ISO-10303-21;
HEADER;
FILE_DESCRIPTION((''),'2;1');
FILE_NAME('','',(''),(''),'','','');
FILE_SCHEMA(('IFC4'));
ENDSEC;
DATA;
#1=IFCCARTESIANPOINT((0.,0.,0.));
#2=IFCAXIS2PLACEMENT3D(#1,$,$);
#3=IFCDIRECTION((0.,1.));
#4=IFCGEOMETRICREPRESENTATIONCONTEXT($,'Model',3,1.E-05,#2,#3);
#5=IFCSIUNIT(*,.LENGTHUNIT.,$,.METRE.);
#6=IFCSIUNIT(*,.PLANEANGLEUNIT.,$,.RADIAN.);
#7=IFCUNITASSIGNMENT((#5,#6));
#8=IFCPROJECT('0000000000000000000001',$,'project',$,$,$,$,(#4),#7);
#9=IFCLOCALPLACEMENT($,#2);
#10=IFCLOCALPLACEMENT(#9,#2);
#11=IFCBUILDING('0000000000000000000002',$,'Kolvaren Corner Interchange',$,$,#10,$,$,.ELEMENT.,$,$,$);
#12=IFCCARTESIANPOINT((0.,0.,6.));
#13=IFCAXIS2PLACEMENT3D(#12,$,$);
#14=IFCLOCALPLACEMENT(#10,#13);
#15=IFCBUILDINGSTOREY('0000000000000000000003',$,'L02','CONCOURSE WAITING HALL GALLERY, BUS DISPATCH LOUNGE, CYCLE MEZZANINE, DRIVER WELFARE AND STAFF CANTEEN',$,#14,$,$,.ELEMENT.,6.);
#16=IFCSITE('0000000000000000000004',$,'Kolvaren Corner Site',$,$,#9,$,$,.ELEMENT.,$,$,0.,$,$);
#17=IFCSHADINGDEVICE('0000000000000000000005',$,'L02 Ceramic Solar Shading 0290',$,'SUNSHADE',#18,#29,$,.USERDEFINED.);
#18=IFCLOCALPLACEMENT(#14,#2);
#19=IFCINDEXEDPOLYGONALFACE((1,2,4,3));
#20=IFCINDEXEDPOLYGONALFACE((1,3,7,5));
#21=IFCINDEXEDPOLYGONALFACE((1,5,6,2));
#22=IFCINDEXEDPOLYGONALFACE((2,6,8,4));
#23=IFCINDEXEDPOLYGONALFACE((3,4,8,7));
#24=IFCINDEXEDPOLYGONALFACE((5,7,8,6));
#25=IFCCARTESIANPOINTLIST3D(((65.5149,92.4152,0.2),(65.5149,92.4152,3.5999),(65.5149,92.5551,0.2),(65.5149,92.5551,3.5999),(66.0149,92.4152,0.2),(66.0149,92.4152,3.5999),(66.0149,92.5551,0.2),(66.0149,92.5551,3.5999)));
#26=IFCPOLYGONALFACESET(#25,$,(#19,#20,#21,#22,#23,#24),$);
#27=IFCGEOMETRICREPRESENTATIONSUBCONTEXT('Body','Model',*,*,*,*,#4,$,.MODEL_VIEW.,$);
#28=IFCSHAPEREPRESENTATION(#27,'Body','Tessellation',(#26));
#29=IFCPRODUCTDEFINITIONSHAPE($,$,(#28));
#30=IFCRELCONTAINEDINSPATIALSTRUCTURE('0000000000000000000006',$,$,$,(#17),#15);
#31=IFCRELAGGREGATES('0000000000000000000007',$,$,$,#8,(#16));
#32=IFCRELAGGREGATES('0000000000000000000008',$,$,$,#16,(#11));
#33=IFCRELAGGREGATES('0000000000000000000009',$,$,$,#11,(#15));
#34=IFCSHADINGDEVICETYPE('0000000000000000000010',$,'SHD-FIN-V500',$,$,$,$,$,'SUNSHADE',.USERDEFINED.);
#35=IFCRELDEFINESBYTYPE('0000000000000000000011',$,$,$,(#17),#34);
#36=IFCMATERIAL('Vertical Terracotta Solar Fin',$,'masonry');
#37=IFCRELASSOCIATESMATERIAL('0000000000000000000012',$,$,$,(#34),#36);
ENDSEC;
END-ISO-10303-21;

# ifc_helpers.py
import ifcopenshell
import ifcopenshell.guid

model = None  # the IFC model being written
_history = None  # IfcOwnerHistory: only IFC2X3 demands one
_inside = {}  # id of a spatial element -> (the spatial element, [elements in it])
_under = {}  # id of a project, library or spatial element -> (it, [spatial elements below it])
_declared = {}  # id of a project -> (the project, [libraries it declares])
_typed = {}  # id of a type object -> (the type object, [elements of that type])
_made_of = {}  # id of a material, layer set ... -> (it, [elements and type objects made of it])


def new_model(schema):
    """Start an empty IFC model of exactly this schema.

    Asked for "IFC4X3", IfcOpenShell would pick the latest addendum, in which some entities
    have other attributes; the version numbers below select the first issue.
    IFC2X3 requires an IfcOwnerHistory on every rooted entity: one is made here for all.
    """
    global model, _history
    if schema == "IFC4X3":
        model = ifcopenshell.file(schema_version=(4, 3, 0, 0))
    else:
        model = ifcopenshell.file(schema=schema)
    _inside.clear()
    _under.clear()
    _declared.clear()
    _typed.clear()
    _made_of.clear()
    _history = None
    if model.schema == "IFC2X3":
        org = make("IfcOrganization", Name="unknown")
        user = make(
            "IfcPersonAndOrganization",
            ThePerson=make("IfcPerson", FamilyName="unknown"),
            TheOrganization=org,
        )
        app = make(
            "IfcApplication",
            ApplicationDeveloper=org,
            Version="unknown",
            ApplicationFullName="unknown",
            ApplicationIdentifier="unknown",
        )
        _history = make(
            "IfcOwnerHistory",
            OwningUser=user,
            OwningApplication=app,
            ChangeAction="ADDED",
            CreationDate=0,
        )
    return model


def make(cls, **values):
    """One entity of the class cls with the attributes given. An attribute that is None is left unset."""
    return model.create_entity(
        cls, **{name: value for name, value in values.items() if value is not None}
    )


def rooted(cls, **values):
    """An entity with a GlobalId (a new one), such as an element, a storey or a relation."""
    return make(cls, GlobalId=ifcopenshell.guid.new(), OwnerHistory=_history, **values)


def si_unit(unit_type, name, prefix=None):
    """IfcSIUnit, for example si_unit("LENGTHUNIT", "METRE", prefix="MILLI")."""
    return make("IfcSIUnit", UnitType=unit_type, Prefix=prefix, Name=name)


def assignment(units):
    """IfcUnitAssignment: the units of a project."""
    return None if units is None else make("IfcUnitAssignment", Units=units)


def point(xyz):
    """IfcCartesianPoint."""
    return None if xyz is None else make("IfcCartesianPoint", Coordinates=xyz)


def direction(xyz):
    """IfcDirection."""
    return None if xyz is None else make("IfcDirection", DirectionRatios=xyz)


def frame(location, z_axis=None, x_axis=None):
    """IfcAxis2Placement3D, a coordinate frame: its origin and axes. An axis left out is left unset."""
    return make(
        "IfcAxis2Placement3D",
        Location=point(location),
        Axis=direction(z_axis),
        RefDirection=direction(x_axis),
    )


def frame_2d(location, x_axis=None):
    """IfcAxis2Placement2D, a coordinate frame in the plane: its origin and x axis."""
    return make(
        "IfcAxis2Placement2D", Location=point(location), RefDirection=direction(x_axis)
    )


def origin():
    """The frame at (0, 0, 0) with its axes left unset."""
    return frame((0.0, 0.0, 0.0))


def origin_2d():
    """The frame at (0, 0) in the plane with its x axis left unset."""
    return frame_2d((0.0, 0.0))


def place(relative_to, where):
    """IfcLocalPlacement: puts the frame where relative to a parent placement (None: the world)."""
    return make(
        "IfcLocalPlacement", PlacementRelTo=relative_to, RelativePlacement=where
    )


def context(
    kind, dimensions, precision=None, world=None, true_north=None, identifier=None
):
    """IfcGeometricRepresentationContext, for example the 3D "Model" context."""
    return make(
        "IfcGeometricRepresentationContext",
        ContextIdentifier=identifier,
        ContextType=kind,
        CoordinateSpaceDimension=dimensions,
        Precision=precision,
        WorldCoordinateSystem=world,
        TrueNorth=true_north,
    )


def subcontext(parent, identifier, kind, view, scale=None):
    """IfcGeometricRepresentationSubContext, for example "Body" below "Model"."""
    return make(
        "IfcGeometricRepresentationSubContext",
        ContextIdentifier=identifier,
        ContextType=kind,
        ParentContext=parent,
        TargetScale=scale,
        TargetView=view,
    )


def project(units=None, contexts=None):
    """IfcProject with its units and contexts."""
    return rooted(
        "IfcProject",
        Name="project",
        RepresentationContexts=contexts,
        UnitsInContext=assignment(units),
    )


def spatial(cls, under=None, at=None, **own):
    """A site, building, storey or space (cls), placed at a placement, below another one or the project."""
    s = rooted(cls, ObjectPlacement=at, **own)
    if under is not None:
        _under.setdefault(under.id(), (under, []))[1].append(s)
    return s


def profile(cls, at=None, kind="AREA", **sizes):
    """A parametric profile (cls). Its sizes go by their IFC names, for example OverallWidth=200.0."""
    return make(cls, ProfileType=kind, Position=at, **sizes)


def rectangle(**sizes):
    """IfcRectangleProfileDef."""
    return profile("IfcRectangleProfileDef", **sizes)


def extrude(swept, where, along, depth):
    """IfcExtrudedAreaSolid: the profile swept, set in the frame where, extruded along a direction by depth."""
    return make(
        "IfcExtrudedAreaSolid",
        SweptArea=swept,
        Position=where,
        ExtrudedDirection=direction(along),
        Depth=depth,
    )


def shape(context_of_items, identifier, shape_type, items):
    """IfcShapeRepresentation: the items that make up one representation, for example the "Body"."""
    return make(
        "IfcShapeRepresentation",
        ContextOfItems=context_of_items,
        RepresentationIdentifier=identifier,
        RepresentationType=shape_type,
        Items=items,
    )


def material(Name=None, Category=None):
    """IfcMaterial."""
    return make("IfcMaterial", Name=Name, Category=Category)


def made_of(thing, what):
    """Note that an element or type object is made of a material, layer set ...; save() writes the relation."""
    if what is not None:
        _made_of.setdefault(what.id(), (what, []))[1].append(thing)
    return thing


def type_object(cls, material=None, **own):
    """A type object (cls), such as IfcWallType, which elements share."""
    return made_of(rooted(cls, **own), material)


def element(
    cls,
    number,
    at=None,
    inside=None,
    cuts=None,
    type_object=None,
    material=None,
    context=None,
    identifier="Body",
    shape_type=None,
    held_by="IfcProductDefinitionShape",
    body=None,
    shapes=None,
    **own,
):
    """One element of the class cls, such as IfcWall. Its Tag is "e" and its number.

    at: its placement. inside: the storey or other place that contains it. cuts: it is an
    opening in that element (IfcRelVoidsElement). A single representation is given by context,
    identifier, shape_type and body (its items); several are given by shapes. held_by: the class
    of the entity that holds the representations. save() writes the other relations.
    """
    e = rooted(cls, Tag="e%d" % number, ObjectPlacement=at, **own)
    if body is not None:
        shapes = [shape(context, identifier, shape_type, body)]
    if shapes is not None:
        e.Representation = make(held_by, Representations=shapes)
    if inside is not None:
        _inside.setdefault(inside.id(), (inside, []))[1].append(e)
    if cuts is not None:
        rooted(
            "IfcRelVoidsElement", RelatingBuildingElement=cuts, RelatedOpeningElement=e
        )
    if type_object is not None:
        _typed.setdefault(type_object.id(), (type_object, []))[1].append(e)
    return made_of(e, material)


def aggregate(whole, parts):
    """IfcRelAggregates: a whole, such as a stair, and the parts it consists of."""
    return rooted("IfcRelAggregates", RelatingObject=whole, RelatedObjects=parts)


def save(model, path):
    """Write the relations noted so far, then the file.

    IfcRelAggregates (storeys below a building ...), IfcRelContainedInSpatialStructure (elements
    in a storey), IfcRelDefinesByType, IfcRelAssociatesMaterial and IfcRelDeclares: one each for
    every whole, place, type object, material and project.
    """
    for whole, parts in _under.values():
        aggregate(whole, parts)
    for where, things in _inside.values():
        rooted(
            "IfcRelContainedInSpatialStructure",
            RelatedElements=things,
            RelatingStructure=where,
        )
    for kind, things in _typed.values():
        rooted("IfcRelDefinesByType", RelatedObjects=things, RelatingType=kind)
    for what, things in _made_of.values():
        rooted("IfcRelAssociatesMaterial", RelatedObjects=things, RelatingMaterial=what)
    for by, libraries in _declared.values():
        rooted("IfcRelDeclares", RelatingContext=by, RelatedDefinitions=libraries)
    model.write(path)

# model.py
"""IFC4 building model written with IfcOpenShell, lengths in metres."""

from ifc_helpers import new_model, si_unit, direction, frame, origin, origin_2d, place, context, subcontext, project, spatial, rectangle, extrude, material, type_object, element, save


model = new_model("IFC4")

# Units and contexts
model_context = context("Model", 3, precision=1e-05, world=origin(), true_north=direction((0.0, 1.0)))
body_context = subcontext(model_context, "Body", "Model", "MODEL_VIEW")
ifc_project = project(units=[si_unit("LENGTHUNIT", "METRE"), si_unit("PLANEANGLEUNIT", "RADIAN")], contexts=[model_context])

# Site, building, storey
site_placement = place(None, origin())
site = spatial("IfcSite", under=ifc_project, at=site_placement, Name="Kolvaren Corner Site", CompositionType="ELEMENT", RefElevation=0.0)
building_placement = place(site_placement, origin())
building = spatial("IfcBuilding", under=site, at=building_placement, Name="Kolvaren Corner Interchange", CompositionType="ELEMENT")
storey_placement = place(building_placement, frame((0.0, 0.0, 6.0)))
storey = spatial("IfcBuildingStorey", under=building, at=storey_placement, Name="L02", Description="CONCOURSE WAITING HALL GALLERY, BUS DISPATCH LOUNGE, CYCLE MEZZANINE, DRIVER WELFARE AND STAFF CANTEEN", CompositionType="ELEMENT", Elevation=6.0)

# Shading device
ifc_material_1 = material(Name="Vertical Terracotta Solar Fin", Category="masonry")
shading_device_type = type_object("IfcShadingDeviceType", Name="SHD-FIN-V500", ElementType="SUNSHADE", PredefinedType="USERDEFINED", material=ifc_material_1)
for number, where, z_axis, x_axis, name in (
    (1, (65.7649, 92.4851, 0.2), (0.0, 0.0, 1.0), (0.0, -1.0, 0.0), "L02 Ceramic Solar Shading 0290"),
):
    element("IfcShadingDevice", number, at=place(storey_placement, frame(where, z_axis=z_axis, x_axis=x_axis)), inside=storey, type_object=shading_device_type, Name=name, ObjectType="SUNSHADE", PredefinedType="USERDEFINED", context=body_context, shape_type="SweptSolid", body=[
        extrude(rectangle(XDim=0.1399, YDim=0.5, at=origin_2d()), origin(), (0.0, 0.0, 1.0), 3.3999),
    ])

save(model, "model.ifc")
